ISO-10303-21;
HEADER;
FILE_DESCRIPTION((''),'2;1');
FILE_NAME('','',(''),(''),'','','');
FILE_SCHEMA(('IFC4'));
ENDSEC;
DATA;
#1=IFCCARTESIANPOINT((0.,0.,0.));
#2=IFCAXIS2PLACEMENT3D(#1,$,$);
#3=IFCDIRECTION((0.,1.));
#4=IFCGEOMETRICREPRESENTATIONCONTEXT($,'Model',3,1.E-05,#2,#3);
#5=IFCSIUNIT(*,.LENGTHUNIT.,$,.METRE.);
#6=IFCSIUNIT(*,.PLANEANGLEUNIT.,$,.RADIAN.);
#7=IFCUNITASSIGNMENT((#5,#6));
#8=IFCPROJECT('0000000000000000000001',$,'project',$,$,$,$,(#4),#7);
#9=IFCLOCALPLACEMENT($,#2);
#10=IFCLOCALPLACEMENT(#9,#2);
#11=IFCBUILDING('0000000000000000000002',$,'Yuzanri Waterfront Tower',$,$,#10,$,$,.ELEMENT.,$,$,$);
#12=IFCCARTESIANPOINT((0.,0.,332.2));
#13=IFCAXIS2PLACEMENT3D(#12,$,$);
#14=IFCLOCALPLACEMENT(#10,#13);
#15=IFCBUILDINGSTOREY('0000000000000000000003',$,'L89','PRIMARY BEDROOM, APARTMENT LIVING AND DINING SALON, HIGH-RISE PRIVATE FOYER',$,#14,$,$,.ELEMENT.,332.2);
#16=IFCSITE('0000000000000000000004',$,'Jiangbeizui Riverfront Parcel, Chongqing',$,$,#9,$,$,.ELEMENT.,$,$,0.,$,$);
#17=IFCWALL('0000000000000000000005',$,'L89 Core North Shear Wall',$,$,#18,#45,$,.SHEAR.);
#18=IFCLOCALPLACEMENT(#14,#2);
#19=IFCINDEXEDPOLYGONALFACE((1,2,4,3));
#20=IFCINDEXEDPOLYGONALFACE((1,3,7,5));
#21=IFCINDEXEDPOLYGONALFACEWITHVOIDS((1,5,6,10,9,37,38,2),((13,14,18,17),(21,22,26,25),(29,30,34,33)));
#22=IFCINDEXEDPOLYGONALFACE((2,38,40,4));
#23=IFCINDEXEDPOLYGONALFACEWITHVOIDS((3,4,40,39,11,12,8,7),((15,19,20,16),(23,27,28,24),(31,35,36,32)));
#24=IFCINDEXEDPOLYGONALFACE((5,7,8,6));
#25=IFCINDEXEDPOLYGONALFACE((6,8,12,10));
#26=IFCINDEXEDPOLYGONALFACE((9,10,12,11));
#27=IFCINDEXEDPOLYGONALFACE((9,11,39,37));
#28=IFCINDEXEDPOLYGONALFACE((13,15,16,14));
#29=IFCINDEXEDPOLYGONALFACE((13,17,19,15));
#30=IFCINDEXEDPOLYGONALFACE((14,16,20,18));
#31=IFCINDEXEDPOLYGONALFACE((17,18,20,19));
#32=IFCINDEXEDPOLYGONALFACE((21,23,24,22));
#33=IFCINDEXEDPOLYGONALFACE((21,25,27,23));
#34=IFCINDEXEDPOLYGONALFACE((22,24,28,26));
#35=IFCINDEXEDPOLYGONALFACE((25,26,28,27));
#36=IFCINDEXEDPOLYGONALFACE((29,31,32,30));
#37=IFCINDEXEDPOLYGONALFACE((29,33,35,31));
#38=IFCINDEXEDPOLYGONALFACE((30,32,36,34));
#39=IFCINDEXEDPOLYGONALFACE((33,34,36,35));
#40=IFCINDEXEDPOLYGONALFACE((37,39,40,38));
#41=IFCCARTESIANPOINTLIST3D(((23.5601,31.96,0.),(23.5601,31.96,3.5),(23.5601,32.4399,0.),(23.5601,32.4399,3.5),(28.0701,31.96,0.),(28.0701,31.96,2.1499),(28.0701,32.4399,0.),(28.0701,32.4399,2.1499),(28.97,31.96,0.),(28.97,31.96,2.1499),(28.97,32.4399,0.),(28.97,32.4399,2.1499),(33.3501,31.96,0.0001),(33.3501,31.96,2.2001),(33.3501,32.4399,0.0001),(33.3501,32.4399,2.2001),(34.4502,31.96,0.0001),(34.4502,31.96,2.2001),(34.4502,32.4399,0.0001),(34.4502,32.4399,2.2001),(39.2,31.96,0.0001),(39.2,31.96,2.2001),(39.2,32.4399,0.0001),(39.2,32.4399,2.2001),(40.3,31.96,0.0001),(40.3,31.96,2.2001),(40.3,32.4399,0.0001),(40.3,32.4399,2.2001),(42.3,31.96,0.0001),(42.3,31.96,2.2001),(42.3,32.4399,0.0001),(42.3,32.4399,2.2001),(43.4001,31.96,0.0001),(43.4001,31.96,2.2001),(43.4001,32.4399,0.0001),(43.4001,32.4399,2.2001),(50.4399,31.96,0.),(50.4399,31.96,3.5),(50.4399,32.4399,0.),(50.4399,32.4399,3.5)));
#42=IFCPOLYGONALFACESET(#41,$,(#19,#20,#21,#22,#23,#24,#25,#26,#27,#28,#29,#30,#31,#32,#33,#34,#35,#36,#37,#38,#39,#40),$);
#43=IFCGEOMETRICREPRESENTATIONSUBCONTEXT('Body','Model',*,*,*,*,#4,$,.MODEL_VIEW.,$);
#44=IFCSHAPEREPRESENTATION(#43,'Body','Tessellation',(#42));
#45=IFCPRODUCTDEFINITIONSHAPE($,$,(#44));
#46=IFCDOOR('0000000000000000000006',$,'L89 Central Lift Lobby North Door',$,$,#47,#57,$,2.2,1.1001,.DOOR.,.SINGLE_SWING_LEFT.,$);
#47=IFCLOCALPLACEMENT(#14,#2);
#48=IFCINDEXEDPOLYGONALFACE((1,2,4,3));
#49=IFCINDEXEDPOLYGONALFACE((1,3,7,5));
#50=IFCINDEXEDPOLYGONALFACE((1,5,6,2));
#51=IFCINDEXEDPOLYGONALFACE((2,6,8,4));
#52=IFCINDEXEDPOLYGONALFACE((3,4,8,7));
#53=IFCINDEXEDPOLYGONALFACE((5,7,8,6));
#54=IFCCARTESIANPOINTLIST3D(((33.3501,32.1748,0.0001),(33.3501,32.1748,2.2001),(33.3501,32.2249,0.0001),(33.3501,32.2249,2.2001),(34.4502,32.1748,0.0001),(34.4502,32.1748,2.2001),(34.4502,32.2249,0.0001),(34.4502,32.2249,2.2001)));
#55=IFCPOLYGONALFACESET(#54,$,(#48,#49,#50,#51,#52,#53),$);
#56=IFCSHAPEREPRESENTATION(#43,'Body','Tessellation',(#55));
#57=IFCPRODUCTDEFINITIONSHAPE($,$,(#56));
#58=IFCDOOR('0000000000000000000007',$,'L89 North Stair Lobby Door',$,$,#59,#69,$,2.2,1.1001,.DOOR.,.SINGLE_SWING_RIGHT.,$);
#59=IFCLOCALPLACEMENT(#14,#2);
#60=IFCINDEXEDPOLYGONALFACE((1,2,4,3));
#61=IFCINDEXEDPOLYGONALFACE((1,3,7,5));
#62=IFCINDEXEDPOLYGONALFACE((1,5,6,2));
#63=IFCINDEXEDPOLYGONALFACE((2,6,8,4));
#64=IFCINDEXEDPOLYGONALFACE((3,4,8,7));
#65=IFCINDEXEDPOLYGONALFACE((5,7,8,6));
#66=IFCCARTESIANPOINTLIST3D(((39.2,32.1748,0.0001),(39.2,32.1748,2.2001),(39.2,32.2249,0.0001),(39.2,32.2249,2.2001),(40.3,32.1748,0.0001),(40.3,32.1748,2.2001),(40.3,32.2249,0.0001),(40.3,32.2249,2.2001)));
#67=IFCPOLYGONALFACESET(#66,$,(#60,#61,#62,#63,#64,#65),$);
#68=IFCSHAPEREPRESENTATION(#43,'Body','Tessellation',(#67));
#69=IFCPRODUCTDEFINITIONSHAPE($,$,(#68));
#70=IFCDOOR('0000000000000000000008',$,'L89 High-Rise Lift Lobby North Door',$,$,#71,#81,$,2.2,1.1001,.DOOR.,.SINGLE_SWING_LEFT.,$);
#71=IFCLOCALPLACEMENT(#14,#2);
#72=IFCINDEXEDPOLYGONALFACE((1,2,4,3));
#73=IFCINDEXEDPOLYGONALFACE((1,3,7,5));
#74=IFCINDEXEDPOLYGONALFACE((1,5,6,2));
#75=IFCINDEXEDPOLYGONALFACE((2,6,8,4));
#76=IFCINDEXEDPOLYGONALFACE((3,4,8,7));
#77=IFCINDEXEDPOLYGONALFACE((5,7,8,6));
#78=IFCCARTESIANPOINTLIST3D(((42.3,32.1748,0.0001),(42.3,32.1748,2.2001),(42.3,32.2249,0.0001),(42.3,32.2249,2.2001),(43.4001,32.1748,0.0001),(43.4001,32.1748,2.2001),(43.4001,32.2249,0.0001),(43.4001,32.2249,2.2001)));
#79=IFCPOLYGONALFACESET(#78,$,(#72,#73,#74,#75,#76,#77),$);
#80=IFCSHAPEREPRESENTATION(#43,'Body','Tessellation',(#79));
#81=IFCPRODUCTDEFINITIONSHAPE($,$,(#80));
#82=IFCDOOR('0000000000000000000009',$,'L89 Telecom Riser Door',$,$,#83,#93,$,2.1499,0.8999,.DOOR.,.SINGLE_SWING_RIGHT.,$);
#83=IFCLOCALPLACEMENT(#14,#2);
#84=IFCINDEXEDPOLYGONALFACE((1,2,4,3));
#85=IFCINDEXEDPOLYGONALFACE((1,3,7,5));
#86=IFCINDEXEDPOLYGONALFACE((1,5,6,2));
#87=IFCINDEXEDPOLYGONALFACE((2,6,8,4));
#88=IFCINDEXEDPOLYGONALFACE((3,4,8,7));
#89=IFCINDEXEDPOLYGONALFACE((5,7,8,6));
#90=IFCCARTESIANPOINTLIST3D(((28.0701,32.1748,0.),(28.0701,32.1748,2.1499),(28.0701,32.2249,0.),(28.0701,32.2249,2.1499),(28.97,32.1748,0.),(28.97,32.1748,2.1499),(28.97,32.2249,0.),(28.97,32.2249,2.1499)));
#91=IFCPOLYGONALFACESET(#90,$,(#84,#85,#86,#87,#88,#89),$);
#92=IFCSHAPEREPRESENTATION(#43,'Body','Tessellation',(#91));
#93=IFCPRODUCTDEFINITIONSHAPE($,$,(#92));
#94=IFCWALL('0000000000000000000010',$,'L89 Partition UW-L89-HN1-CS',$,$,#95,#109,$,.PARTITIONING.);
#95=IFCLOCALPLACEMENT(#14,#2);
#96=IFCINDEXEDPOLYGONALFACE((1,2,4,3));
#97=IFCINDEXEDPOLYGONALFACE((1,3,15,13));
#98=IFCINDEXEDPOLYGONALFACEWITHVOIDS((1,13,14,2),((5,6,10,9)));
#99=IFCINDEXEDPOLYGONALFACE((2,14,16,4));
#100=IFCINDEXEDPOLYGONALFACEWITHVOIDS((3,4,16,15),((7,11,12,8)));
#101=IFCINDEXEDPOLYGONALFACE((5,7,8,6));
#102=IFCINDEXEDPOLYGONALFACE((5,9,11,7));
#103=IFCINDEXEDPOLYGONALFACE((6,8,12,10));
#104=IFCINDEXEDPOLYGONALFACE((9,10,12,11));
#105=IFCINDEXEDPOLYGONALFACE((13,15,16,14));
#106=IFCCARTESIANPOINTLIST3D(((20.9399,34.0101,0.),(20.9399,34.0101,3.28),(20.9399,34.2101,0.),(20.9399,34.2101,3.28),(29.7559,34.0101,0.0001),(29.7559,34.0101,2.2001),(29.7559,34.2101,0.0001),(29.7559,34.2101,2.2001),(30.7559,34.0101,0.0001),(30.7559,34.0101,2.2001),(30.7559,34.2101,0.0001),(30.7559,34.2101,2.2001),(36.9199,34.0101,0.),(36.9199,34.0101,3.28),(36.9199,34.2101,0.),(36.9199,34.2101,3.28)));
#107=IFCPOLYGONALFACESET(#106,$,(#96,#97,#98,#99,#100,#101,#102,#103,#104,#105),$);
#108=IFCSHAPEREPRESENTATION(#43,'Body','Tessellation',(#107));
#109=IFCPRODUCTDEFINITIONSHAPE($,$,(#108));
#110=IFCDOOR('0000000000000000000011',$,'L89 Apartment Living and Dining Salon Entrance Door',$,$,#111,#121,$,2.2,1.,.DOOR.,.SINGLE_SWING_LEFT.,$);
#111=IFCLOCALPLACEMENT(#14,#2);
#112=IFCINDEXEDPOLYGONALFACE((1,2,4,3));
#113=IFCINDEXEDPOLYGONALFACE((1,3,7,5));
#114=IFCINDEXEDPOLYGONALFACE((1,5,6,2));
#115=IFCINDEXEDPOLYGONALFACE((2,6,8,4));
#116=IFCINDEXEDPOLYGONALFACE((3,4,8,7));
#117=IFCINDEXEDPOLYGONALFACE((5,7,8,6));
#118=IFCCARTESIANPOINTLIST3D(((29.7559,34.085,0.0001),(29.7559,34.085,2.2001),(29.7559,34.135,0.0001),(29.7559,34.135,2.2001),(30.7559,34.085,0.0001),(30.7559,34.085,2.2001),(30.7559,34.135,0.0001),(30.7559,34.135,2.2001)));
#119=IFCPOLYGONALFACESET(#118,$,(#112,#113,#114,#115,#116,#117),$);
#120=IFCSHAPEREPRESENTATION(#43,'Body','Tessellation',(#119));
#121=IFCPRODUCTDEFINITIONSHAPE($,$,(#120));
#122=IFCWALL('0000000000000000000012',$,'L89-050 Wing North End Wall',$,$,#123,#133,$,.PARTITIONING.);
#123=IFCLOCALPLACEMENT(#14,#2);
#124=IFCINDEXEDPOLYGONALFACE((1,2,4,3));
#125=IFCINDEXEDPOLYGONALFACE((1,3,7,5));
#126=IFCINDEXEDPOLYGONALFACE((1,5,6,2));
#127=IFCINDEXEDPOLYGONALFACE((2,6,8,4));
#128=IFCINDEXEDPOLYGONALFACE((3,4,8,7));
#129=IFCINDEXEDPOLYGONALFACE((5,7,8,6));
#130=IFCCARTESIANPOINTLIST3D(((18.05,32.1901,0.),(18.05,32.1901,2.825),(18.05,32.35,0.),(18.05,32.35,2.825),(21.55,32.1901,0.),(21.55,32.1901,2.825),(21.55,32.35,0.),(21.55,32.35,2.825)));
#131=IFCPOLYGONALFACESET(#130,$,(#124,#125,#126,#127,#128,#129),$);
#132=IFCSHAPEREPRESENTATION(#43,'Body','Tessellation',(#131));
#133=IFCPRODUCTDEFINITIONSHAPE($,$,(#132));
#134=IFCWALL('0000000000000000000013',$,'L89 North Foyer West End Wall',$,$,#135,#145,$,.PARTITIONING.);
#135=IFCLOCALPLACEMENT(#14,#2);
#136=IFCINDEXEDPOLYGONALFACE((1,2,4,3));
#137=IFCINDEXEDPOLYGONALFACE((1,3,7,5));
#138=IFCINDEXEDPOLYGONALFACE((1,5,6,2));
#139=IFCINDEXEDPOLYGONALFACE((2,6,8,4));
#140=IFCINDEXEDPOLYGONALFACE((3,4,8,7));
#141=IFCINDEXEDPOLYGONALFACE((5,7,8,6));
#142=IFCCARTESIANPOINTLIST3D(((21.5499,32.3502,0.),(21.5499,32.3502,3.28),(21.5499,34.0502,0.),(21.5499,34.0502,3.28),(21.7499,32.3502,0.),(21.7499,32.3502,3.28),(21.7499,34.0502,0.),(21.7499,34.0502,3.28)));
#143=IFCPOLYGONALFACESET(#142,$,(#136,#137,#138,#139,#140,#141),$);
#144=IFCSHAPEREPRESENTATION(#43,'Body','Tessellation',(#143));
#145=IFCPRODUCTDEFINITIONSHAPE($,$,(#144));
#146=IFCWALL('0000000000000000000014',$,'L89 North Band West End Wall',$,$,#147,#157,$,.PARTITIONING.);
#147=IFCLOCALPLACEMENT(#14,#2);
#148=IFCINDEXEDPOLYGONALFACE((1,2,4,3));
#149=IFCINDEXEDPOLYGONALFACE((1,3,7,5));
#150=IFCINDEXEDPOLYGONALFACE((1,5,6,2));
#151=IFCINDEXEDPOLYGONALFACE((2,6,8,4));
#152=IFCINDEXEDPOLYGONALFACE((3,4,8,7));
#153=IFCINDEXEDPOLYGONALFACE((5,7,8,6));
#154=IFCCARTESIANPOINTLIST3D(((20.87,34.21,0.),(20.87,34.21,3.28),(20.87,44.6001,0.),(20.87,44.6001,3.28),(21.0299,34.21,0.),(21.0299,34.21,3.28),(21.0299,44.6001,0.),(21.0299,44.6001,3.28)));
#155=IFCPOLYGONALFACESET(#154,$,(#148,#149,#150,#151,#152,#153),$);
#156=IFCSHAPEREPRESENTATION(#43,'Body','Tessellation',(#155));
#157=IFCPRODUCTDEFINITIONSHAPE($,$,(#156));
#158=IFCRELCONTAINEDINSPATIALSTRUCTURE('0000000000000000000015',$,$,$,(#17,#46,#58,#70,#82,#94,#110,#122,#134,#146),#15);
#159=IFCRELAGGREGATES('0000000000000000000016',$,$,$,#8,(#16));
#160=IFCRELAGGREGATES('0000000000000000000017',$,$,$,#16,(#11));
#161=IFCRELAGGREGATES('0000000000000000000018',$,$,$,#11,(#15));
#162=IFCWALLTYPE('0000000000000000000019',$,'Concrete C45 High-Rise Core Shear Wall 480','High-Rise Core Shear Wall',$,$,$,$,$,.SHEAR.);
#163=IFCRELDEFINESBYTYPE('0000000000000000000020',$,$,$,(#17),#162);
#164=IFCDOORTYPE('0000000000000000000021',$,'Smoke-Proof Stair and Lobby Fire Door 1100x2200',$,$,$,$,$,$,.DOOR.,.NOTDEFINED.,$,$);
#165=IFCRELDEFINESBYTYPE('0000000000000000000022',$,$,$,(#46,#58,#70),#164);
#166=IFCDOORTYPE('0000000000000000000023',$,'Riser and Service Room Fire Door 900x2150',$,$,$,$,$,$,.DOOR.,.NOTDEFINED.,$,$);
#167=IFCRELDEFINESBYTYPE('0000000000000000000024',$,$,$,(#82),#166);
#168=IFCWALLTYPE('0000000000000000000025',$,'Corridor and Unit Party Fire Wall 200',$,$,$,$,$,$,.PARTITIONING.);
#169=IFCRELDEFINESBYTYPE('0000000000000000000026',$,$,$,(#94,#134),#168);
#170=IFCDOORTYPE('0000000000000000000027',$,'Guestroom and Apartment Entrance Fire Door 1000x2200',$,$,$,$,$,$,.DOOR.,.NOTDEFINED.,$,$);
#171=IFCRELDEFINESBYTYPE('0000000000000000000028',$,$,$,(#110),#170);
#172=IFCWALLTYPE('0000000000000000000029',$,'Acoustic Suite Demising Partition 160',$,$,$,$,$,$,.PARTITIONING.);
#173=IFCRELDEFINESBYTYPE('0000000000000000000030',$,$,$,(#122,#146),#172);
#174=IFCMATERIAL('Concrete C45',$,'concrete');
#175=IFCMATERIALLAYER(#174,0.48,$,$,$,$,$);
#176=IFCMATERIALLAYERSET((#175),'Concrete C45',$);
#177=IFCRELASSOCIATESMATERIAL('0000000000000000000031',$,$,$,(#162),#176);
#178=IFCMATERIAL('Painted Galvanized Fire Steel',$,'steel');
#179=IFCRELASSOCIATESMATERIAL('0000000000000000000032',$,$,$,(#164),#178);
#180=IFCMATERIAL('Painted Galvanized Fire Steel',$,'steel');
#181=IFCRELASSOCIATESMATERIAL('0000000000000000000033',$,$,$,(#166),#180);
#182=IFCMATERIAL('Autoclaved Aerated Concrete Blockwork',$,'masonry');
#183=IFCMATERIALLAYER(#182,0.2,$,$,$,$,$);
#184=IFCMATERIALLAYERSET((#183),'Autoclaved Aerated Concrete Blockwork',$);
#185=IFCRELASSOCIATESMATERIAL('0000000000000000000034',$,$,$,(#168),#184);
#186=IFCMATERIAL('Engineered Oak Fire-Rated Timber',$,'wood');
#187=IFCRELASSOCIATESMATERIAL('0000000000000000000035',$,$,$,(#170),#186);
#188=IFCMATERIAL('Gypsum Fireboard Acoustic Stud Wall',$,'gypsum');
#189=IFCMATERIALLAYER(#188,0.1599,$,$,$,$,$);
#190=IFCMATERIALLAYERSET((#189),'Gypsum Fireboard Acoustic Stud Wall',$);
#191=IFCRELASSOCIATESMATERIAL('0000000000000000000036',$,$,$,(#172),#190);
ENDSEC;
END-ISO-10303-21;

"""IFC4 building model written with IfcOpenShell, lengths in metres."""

from ifc_helpers import new_model, si_unit, direction, frame, frame_2d, origin, place, context, subcontext, project, spatial, rectangle, extrude, source, transform, mapped, material, layer, layer_set, type_object, element, fill, save


model = new_model("IFC4")

# Units and contexts
model_context = context("Model", 3, precision=1e-05, world=origin(), true_north=direction((0.0, 1.0)))
body_context = subcontext(model_context, "Body", "Model", "MODEL_VIEW")
ifc_project = project(units=[si_unit("LENGTHUNIT", "METRE"), si_unit("PLANEANGLEUNIT", "RADIAN")], contexts=[model_context])

# Site, building, storey
site_placement = place(None, origin())
site = spatial("IfcSite", under=ifc_project, at=site_placement, Name="Jiangbeizui Riverfront Parcel, Chongqing", CompositionType="ELEMENT", RefElevation=0.0)
building_placement = place(site_placement, origin())
building = spatial("IfcBuilding", under=site, at=building_placement, Name="Yuzanri Waterfront Tower", CompositionType="ELEMENT")
storey_placement = place(building_placement, frame((0.0, 0.0, 332.2)))
storey = spatial("IfcBuildingStorey", under=building, at=storey_placement, Name="L89", Description="PRIMARY BEDROOM, APARTMENT LIVING AND DINING SALON, HIGH-RISE PRIVATE FOYER", CompositionType="ELEMENT", Elevation=332.2)

# Wall, openings, doors
ifc_material_1 = material(Name="Concrete C45", Category="concrete")
ifc_layer_1 = layer(ifc_material_1, 0.48)
ifc_layer_set_1 = layer_set([ifc_layer_1], Name="Concrete C45")
wall_type_1 = type_object("IfcWallType", Name="Concrete C45 High-Rise Core Shear Wall 480", Description="High-Rise Core Shear Wall", PredefinedType="SHEAR", material=ifc_layer_set_1)
wall_1_placement = place(storey_placement, frame((23.5601, 32.2, 0.0), z_axis=(0.0, 0.0, 1.0), x_axis=(1.0, 0.0, 0.0)))
wall_1 = element("IfcWall", 1, at=wall_1_placement, inside=storey, type_object=wall_type_1, Name="L89 Core North Shear Wall", PredefinedType="SHEAR", context=body_context, shape_type="SweptSolid", body=[
    extrude(rectangle(XDim=26.8799, YDim=0.48, at=frame_2d((13.4399, 0.0))), origin(), (0.0, 0.0, 1.0), 3.5),
])
opening_1_placement = place(wall_1_placement, frame((4.51, 0.0, 0.0)))
opening_1 = element("IfcOpeningElement", 2, at=opening_1_placement, cuts=wall_1, PredefinedType="OPENING", context=body_context, shape_type="SweptSolid", body=[
    extrude(rectangle(XDim=0.8999, YDim=2.1499, at=frame_2d((0.45, 1.075))), frame((0.0, 0.2549, 0.0), z_axis=(0.0, -1.0, 0.0), x_axis=(1.0, 0.0, 0.0)), (0.0, 0.0, 1.0), 0.5098),
])
opening_2_placement = place(wall_1_placement, frame((9.79, 0.0, 0.0)))
opening_2 = element("IfcOpeningElement", 3, at=opening_2_placement, cuts=wall_1, PredefinedType="OPENING", context=body_context, shape_type="SweptSolid", body=[
    extrude(rectangle(XDim=1.1001, YDim=2.2, at=frame_2d((0.55, 1.1001))), frame((0.0, 0.2549, 0.0), z_axis=(0.0, -1.0, 0.0), x_axis=(1.0, 0.0, 0.0)), (0.0, 0.0, 1.0), 0.5098),
])
opening_3_placement = place(wall_1_placement, frame((15.6399, 0.0, 0.0)))
opening_3 = element("IfcOpeningElement", 4, at=opening_3_placement, cuts=wall_1, PredefinedType="OPENING", context=body_context, shape_type="SweptSolid", body=[
    extrude(rectangle(XDim=1.1001, YDim=2.2, at=frame_2d((0.55, 1.1001))), frame((0.0, 0.2549, 0.0), z_axis=(0.0, -1.0, 0.0), x_axis=(1.0, 0.0, 0.0)), (0.0, 0.0, 1.0), 0.5098),
])
opening_4_placement = place(wall_1_placement, frame((18.74, 0.0, 0.0)))
opening_4 = element("IfcOpeningElement", 5, at=opening_4_placement, cuts=wall_1, PredefinedType="OPENING", context=body_context, shape_type="SweptSolid", body=[
    extrude(rectangle(XDim=1.1001, YDim=2.2, at=frame_2d((0.55, 1.1001))), frame((0.0, 0.2549, 0.0), z_axis=(0.0, -1.0, 0.0), x_axis=(1.0, 0.0, 0.0)), (0.0, 0.0, 1.0), 0.5098),
])
ifc_material_2 = material(Name="Painted Galvanized Fire Steel", Category="steel")
door_type_1 = type_object("IfcDoorType", Name="Smoke-Proof Stair and Lobby Fire Door 1100x2200", OperationType="NOTDEFINED", PredefinedType="DOOR", material=ifc_material_2)
shared_shape_1 = source(origin(), body_context, "Body", "SweptSolid", [
    extrude(rectangle(XDim=1.1001, YDim=2.2, at=frame_2d((0.55, 1.1001))), frame((0.0, 0.0249, 0.0), z_axis=(0.0, -1.0, 0.0), x_axis=(1.0, 0.0, 0.0)), (0.0, 0.0, 1.0), 0.05),
])
door_1_placement = place(opening_2_placement, origin())
door_1 = element("IfcDoor", 6, at=door_1_placement, inside=storey, type_object=door_type_1, Name="L89 Central Lift Lobby North Door", OperationType="SINGLE_SWING_LEFT", OverallHeight=2.2, OverallWidth=1.1001, PredefinedType="DOOR", context=body_context, shape_type="MappedRepresentation", body=[
    mapped(shared_shape_1, transform((0.0, 0.0, 0.0), scale=1.0)),
])
fill(opening_2, door_1)
door_2_placement = place(opening_3_placement, origin())
door_2 = element("IfcDoor", 7, at=door_2_placement, inside=storey, type_object=door_type_1, Name="L89 North Stair Lobby Door", OperationType="SINGLE_SWING_RIGHT", OverallHeight=2.2, OverallWidth=1.1001, PredefinedType="DOOR", context=body_context, shape_type="MappedRepresentation", body=[
    mapped(shared_shape_1, transform((0.0, 0.0, 0.0), scale=1.0)),
])
fill(opening_3, door_2)
door_3_placement = place(opening_4_placement, origin())
door_3 = element("IfcDoor", 8, at=door_3_placement, inside=storey, type_object=door_type_1, Name="L89 High-Rise Lift Lobby North Door", OperationType="SINGLE_SWING_LEFT", OverallHeight=2.2, OverallWidth=1.1001, PredefinedType="DOOR", context=body_context, shape_type="MappedRepresentation", body=[
    mapped(shared_shape_1, transform((0.0, 0.0, 0.0), scale=1.0)),
])
fill(opening_4, door_3)
ifc_material_3 = material(Name="Painted Galvanized Fire Steel", Category="steel")
door_type_2 = type_object("IfcDoorType", Name="Riser and Service Room Fire Door 900x2150", OperationType="NOTDEFINED", PredefinedType="DOOR", material=ifc_material_3)
shared_shape_2 = source(origin(), body_context, "Body", "SweptSolid", [
    extrude(rectangle(XDim=0.8999, YDim=2.1499, at=frame_2d((0.45, 1.075))), frame((0.0, 0.0249, 0.0), z_axis=(0.0, -1.0, 0.0), x_axis=(1.0, 0.0, 0.0)), (0.0, 0.0, 1.0), 0.05),
])
door_4_placement = place(opening_1_placement, origin())
door_4 = element("IfcDoor", 9, at=door_4_placement, inside=storey, type_object=door_type_2, Name="L89 Telecom Riser Door", OperationType="SINGLE_SWING_RIGHT", OverallHeight=2.1499, OverallWidth=0.8999, PredefinedType="DOOR", context=body_context, shape_type="MappedRepresentation", body=[
    mapped(shared_shape_2, transform((0.0, 0.0, 0.0), scale=1.0)),
])
fill(opening_1, door_4)

# Wall, opening, door
ifc_material_4 = material(Name="Autoclaved Aerated Concrete Blockwork", Category="masonry")
ifc_layer_2 = layer(ifc_material_4, 0.2)
ifc_layer_set_2 = layer_set([ifc_layer_2], Name="Autoclaved Aerated Concrete Blockwork")
wall_type_2 = type_object("IfcWallType", Name="Corridor and Unit Party Fire Wall 200", PredefinedType="PARTITIONING", material=ifc_layer_set_2)
wall_2_placement = place(storey_placement, frame((20.9399, 34.1101, 0.0), z_axis=(0.0, 0.0, 1.0), x_axis=(1.0, 0.0, 0.0)))
wall_2 = element("IfcWall", 10, at=wall_2_placement, inside=storey, type_object=wall_type_2, Name="L89 Partition UW-L89-HN1-CS", PredefinedType="PARTITIONING", context=body_context, shape_type="SweptSolid", body=[
    extrude(rectangle(XDim=15.98, YDim=0.2, at=frame_2d((7.99, 0.0))), origin(), (0.0, 0.0, 1.0), 3.28),
])
opening_5_placement = place(wall_2_placement, frame((8.8159, 0.0, 0.0)))
opening_5 = element("IfcOpeningElement", 11, at=opening_5_placement, cuts=wall_2, PredefinedType="OPENING", context=body_context, shape_type="SweptSolid", body=[
    extrude(rectangle(XDim=1.0, YDim=2.2, at=frame_2d((0.5, 1.1001))), frame((0.0, 0.1147, 0.0), z_axis=(0.0, -1.0, 0.0), x_axis=(1.0, 0.0, 0.0)), (0.0, 0.0, 1.0), 0.2297),
])
ifc_material_5 = material(Name="Engineered Oak Fire-Rated Timber", Category="wood")
door_type_3 = type_object("IfcDoorType", Name="Guestroom and Apartment Entrance Fire Door 1000x2200", OperationType="NOTDEFINED", PredefinedType="DOOR", material=ifc_material_5)
shared_shape_3 = source(origin(), body_context, "Body", "SweptSolid", [
    extrude(rectangle(XDim=1.0, YDim=2.2, at=frame_2d((0.5, 1.1001))), frame((0.0, 0.0249, 0.0), z_axis=(0.0, -1.0, 0.0), x_axis=(1.0, 0.0, 0.0)), (0.0, 0.0, 1.0), 0.05),
])
door_5_placement = place(opening_5_placement, origin())
door_5 = element("IfcDoor", 12, at=door_5_placement, inside=storey, type_object=door_type_3, Name="L89 Apartment Living and Dining Salon Entrance Door", OperationType="SINGLE_SWING_LEFT", OverallHeight=2.2, OverallWidth=1.0, PredefinedType="DOOR", context=body_context, shape_type="MappedRepresentation", body=[
    mapped(shared_shape_3, transform((0.0, 0.0, 0.0), scale=1.0)),
])
fill(opening_5, door_5)

# Walls
ifc_material_6 = material(Name="Gypsum Fireboard Acoustic Stud Wall", Category="gypsum")
ifc_layer_3 = layer(ifc_material_6, 0.1599)
ifc_layer_set_3 = layer_set([ifc_layer_3], Name="Gypsum Fireboard Acoustic Stud Wall")
wall_type_3 = type_object("IfcWallType", Name="Acoustic Suite Demising Partition 160", PredefinedType="PARTITIONING", material=ifc_layer_set_3)
shared_shape_4 = source(origin(), body_context, "Body", "SweptSolid", [
    extrude(rectangle(XDim=3.5, YDim=0.1599, at=frame_2d((1.75, 0.0))), origin(), (0.0, 0.0, 1.0), 2.825),
])
wall_3_placement = place(storey_placement, frame((18.05, 32.27, 0.0), z_axis=(0.0, 0.0, 1.0), x_axis=(1.0, 0.0, 0.0)))
element("IfcWall", 13, at=wall_3_placement, inside=storey, type_object=wall_type_3, Name="L89-050 Wing North End Wall", PredefinedType="PARTITIONING", context=body_context, shape_type="MappedRepresentation", body=[
    mapped(shared_shape_4, transform((0.0, 0.0, 0.0), scale=1.0)),
])
shared_shape_5 = source(origin(), body_context, "Body", "SweptSolid", [
    extrude(rectangle(XDim=1.7, YDim=0.2, at=frame_2d((0.8501, 0.0))), origin(), (0.0, 0.0, 1.0), 3.28),
])
wall_4_placement = place(storey_placement, frame((21.6499, 32.3501, 0.0), z_axis=(0.0, 0.0, 1.0), x_axis=(0.0, 1.0, 0.0)))
element("IfcWall", 14, at=wall_4_placement, inside=storey, type_object=wall_type_2, Name="L89 North Foyer West End Wall", PredefinedType="PARTITIONING", context=body_context, shape_type="MappedRepresentation", body=[
    mapped(shared_shape_5, transform((0.0, 0.0, 0.0), scale=1.0)),
])
shared_shape_6 = source(origin(), body_context, "Body", "SweptSolid", [
    extrude(rectangle(XDim=10.3901, YDim=0.1599, at=frame_2d((5.1951, 0.0))), origin(), (0.0, 0.0, 1.0), 3.28),
])
wall_5_placement = place(storey_placement, frame((20.95, 34.21, 0.0), z_axis=(0.0, 0.0, 1.0), x_axis=(0.0, 1.0, 0.0)))
element("IfcWall", 15, at=wall_5_placement, inside=storey, type_object=wall_type_3, Name="L89 North Band West End Wall", PredefinedType="PARTITIONING", context=body_context, shape_type="MappedRepresentation", body=[
    mapped(shared_shape_6, transform((0.0, 0.0, 0.0), scale=1.0)),
])

save(model, "model.ifc")
